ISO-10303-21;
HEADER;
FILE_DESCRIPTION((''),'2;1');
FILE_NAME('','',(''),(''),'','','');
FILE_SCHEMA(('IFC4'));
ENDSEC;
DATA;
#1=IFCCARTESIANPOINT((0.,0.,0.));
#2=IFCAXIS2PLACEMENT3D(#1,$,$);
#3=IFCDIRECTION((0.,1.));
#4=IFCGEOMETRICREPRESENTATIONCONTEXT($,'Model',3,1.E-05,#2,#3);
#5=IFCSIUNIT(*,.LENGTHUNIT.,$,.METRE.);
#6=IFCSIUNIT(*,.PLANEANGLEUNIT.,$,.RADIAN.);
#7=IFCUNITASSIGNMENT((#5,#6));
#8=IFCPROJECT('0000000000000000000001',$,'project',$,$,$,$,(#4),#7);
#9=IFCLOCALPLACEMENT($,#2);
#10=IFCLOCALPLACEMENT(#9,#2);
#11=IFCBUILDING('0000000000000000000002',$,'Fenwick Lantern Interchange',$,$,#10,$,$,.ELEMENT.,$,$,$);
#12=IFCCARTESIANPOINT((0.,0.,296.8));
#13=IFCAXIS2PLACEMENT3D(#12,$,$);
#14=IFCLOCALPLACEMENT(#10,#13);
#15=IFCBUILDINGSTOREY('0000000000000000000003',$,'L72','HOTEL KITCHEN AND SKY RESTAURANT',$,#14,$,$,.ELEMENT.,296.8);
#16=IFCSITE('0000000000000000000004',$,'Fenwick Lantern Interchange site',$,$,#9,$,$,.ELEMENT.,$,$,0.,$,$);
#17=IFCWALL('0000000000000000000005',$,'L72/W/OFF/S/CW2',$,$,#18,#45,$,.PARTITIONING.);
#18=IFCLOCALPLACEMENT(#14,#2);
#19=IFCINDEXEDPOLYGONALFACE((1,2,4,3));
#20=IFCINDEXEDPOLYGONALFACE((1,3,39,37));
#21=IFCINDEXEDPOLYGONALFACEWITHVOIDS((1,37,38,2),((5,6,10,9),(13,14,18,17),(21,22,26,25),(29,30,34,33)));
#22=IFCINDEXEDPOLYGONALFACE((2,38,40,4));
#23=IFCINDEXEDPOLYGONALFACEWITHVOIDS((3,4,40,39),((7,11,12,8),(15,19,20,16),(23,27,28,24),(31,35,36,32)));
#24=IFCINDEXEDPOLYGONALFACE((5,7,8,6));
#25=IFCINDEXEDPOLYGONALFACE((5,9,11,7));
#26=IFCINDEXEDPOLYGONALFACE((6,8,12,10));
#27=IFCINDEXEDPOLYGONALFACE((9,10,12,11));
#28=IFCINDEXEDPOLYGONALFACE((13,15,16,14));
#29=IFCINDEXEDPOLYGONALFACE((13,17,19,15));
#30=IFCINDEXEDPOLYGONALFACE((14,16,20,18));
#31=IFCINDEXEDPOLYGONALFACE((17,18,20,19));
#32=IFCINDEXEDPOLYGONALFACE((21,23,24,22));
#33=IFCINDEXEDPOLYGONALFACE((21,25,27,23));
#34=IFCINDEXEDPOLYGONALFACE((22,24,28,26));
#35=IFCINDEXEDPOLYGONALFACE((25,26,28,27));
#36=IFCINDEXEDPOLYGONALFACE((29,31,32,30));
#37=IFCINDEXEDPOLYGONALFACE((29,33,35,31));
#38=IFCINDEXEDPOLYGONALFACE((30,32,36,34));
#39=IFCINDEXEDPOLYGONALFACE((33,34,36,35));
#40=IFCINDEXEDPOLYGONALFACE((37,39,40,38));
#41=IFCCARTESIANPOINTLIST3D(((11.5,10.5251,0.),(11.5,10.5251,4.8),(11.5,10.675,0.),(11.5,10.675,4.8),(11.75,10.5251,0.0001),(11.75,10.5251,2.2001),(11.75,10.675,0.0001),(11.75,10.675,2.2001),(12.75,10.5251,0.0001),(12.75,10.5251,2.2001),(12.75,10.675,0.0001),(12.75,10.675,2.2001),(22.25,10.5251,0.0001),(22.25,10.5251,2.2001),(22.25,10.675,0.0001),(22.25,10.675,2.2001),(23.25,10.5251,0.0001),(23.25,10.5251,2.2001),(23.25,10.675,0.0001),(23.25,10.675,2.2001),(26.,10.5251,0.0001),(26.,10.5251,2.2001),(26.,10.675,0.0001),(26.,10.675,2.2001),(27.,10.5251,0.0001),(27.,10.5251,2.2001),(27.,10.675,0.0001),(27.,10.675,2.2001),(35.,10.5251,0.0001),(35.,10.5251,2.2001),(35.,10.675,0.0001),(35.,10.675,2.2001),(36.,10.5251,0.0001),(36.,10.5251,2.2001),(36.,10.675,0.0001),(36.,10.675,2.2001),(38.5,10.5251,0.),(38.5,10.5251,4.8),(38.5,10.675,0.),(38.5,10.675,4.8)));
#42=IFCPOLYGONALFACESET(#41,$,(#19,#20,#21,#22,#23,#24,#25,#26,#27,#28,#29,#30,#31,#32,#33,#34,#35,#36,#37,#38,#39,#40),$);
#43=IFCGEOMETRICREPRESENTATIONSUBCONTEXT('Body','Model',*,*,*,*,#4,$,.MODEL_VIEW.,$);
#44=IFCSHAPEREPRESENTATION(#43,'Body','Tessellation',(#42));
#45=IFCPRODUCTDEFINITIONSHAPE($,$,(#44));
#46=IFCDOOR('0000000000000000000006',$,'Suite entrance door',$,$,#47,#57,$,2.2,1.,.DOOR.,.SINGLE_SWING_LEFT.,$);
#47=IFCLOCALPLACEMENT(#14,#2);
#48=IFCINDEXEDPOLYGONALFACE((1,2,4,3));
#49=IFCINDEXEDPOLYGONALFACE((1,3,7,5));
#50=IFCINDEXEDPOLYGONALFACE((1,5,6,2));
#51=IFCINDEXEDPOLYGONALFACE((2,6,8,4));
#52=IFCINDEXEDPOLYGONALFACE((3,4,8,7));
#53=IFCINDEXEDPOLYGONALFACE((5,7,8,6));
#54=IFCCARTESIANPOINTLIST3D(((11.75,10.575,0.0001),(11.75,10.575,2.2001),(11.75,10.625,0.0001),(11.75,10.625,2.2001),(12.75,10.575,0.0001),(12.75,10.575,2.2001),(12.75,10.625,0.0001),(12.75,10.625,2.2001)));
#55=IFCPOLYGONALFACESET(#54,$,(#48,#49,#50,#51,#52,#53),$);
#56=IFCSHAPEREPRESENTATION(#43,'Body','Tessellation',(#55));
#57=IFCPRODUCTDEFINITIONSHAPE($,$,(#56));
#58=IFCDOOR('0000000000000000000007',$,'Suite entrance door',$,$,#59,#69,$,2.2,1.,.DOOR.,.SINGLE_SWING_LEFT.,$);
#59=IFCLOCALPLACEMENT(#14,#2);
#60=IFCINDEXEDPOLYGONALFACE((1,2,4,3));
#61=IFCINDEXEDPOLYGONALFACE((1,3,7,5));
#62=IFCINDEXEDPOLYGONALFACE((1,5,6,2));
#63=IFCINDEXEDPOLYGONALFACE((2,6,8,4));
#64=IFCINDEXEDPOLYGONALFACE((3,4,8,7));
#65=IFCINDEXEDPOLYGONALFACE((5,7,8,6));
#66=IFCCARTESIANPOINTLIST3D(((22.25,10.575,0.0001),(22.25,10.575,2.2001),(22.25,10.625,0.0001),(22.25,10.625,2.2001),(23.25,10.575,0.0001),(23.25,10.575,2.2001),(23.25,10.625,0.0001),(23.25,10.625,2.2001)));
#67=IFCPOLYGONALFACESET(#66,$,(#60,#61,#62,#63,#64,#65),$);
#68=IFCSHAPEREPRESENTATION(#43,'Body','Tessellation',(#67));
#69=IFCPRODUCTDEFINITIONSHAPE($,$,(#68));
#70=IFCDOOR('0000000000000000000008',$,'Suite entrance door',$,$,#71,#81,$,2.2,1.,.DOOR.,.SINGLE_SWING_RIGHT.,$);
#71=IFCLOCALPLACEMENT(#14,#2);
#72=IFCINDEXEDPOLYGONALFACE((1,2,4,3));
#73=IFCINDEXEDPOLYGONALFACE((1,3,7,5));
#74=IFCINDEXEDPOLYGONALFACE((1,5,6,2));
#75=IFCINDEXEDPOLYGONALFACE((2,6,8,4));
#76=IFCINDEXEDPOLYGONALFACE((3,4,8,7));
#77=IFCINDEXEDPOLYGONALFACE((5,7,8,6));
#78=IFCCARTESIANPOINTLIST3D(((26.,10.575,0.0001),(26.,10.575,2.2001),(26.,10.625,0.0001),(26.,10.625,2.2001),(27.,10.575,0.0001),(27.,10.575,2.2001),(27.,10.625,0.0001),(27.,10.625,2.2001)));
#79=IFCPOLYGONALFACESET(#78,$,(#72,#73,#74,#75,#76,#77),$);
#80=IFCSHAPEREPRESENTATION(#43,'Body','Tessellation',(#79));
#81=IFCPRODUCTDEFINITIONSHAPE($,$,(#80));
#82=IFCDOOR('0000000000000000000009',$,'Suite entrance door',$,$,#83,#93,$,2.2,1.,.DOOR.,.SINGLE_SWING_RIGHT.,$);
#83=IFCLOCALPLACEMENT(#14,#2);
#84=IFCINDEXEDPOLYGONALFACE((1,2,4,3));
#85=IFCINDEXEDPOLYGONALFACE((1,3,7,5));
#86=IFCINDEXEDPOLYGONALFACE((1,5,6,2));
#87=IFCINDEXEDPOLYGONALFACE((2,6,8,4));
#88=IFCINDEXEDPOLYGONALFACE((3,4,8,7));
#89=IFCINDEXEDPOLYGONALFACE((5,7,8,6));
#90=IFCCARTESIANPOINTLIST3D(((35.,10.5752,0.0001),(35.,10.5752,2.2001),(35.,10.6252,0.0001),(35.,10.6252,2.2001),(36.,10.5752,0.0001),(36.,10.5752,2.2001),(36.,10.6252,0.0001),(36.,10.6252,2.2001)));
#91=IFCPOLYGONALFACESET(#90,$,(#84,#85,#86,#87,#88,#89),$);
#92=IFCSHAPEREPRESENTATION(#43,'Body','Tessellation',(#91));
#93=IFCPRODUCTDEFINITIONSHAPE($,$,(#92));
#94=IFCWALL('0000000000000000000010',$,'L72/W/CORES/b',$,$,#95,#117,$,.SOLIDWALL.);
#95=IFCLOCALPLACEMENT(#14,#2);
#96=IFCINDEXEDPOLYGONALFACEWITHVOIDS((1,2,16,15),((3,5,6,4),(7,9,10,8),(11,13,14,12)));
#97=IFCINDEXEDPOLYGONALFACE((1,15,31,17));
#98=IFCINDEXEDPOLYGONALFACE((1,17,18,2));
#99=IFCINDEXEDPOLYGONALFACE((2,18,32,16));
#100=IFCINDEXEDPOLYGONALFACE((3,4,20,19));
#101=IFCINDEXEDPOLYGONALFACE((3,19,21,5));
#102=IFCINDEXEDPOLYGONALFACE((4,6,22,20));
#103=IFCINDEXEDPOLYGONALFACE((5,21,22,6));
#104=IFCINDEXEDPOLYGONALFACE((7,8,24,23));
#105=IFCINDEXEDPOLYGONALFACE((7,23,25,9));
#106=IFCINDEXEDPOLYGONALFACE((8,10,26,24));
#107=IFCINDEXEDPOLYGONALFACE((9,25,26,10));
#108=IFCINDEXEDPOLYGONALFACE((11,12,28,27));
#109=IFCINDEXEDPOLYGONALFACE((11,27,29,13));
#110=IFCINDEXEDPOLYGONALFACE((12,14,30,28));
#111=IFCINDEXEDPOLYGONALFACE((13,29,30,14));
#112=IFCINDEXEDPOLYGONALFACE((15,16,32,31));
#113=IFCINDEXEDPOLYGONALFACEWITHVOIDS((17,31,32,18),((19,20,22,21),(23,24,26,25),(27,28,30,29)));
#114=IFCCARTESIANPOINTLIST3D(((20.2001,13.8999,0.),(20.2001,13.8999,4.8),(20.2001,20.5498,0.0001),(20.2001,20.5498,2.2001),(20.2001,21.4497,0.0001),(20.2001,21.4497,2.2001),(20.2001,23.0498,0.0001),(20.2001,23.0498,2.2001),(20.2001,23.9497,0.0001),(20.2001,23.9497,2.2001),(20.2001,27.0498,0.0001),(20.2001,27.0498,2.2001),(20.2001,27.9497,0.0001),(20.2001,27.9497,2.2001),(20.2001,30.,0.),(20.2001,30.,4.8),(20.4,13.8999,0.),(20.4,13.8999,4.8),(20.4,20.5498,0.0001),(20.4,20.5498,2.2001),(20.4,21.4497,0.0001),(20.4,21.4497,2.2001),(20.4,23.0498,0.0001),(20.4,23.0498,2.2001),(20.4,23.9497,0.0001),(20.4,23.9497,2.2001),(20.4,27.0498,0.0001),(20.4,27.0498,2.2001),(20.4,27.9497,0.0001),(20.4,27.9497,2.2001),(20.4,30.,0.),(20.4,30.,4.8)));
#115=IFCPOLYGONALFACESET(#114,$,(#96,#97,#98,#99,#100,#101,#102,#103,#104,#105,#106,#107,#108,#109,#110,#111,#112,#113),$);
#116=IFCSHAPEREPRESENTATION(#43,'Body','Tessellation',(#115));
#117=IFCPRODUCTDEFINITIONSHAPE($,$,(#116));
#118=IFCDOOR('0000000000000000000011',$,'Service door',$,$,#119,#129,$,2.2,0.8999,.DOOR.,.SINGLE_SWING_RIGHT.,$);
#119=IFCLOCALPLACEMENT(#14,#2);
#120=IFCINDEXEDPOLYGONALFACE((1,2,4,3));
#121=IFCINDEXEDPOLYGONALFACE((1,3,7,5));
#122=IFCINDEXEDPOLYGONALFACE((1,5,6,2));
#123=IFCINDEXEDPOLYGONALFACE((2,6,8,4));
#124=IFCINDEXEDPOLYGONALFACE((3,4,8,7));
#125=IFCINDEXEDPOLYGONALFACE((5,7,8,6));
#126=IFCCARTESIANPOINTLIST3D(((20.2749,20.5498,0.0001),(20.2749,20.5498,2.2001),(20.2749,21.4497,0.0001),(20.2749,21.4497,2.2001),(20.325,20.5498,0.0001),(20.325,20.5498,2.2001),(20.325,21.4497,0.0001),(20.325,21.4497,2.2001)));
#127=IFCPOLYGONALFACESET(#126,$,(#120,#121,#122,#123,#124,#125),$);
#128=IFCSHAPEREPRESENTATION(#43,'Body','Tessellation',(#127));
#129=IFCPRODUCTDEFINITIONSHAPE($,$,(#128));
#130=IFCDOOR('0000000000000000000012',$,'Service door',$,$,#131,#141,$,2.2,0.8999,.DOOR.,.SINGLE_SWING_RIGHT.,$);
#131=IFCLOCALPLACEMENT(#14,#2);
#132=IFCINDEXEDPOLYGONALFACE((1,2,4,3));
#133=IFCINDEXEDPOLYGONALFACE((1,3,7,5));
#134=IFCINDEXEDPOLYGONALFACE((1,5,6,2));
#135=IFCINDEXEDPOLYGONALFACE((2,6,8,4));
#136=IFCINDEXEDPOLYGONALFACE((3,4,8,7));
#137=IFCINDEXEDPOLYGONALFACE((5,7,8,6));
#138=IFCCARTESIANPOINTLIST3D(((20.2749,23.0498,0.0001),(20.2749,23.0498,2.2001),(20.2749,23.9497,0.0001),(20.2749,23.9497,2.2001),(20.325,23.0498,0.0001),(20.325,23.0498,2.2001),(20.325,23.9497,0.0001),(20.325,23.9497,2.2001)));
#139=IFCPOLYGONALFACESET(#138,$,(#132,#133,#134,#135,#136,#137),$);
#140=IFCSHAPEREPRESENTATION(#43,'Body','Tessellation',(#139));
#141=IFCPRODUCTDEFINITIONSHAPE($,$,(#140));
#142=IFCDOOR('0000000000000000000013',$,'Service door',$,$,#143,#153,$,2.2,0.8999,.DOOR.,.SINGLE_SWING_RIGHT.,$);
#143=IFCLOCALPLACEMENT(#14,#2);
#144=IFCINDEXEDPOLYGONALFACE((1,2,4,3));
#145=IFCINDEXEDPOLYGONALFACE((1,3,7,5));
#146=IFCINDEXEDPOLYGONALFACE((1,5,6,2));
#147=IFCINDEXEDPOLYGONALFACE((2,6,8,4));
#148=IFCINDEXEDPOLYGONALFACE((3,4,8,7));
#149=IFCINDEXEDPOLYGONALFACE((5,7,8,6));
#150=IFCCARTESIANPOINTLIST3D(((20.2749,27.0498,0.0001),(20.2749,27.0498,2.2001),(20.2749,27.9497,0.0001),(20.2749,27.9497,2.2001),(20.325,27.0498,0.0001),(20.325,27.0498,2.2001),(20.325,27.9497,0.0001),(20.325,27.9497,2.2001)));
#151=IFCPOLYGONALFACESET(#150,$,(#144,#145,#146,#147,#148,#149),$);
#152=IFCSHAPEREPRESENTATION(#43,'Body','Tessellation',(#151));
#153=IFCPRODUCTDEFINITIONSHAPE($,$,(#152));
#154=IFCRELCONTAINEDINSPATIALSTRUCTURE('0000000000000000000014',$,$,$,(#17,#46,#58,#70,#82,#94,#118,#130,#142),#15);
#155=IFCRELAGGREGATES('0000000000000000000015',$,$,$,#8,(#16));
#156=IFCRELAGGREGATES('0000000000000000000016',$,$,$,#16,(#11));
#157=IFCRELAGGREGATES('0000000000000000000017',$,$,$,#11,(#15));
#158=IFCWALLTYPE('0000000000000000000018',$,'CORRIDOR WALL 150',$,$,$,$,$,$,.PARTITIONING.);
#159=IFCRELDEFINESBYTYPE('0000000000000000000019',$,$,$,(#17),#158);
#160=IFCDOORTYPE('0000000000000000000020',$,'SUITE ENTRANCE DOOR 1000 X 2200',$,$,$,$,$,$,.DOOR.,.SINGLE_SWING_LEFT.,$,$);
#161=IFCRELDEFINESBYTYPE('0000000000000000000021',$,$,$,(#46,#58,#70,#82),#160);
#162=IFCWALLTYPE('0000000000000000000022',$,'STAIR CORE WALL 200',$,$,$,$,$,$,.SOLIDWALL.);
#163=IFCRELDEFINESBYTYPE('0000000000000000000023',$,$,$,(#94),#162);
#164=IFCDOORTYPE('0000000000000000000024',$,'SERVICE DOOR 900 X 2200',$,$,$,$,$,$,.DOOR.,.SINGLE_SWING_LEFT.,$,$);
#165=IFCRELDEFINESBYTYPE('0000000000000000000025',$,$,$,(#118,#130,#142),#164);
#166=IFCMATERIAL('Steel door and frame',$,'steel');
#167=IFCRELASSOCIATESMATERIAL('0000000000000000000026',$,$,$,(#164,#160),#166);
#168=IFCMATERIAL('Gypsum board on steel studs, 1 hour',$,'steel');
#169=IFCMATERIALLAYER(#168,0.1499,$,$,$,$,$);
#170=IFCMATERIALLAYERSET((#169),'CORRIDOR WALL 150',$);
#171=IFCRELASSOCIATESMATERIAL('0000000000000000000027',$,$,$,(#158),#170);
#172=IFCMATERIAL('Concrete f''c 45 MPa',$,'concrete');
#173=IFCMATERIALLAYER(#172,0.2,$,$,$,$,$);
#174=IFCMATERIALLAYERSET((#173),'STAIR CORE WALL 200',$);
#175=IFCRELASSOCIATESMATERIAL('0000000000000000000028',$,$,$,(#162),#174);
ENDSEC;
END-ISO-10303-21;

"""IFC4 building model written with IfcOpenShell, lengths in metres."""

from ifc_helpers import new_model, si_unit, direction, frame, frame_2d, origin, place, context, subcontext, project, spatial, rectangle, extrude, material, layer, layer_set, type_object, element, fill, save


model = new_model("IFC4")

# Units and contexts
model_context = context("Model", 3, precision=1e-05, world=origin(), true_north=direction((0.0, 1.0)))
body_context = subcontext(model_context, "Body", "Model", "MODEL_VIEW")
ifc_project = project(units=[si_unit("LENGTHUNIT", "METRE"), si_unit("PLANEANGLEUNIT", "RADIAN")], contexts=[model_context])

# Site, building, storey
site_placement = place(None, origin())
site = spatial("IfcSite", under=ifc_project, at=site_placement, Name="Fenwick Lantern Interchange site", CompositionType="ELEMENT", RefElevation=0.0)
building_placement = place(site_placement, origin())
building = spatial("IfcBuilding", under=site, at=building_placement, Name="Fenwick Lantern Interchange", CompositionType="ELEMENT")
storey_placement = place(building_placement, frame((0.0, 0.0, 296.8)))
storey = spatial("IfcBuildingStorey", under=building, at=storey_placement, Name="L72", Description="HOTEL KITCHEN AND SKY RESTAURANT", CompositionType="ELEMENT", Elevation=296.8)

# Shared definitions
ifc_material_1 = material(Name="Steel door and frame", Category="steel")
door_type_1 = type_object("IfcDoorType", Name="SERVICE DOOR 900 X 2200", OperationType="SINGLE_SWING_LEFT", PredefinedType="DOOR", material=ifc_material_1)

# Shared definitions
ifc_material_2 = material(Name="Gypsum board on steel studs, 1 hour", Category="steel")
ifc_layer_1 = layer(ifc_material_2, 0.1499)
ifc_layer_set_1 = layer_set([ifc_layer_1], Name="CORRIDOR WALL 150")
wall_type_1 = type_object("IfcWallType", Name="CORRIDOR WALL 150", PredefinedType="PARTITIONING", material=ifc_layer_set_1)

# Walls, openings, doors
wall_1_placement = place(storey_placement, frame((11.5, 10.6001, 0.0), z_axis=(0.0, 0.0, 1.0), x_axis=(1.0, 0.0, 0.0)))
wall_1 = element("IfcWall", 1, at=wall_1_placement, inside=storey, type_object=wall_type_1, Name="L72/W/OFF/S/CW2", PredefinedType="PARTITIONING", context=body_context, shape_type="SweptSolid", body=[
    extrude(rectangle(XDim=27.0, YDim=0.1499, at=frame_2d((13.5, 0.0))), origin(), (0.0, 0.0, 1.0), 4.8),
])
opening_1_placement = place(wall_1_placement, frame((0.25, 0.0, 0.0)))
opening_1 = element("IfcOpeningElement", 2, at=opening_1_placement, cuts=wall_1, PredefinedType="OPENING", context=body_context, shape_type="SweptSolid", body=[
    extrude(rectangle(XDim=1.0, YDim=2.2, at=frame_2d((0.5, 1.1001))), frame((0.0, 0.085, 0.0), z_axis=(0.0, -1.0, 0.0), x_axis=(1.0, 0.0, 0.0)), (0.0, 0.0, 1.0), 0.1699),
])
opening_2_placement = place(wall_1_placement, frame((10.75, 0.0, 0.0)))
opening_2 = element("IfcOpeningElement", 3, at=opening_2_placement, cuts=wall_1, PredefinedType="OPENING", context=body_context, shape_type="SweptSolid", body=[
    extrude(rectangle(XDim=1.0, YDim=2.2, at=frame_2d((0.5, 1.1001))), frame((0.0, 0.085, 0.0), z_axis=(0.0, -1.0, 0.0), x_axis=(1.0, 0.0, 0.0)), (0.0, 0.0, 1.0), 0.1699),
])
opening_3_placement = place(wall_1_placement, frame((14.5, 0.0, 0.0)))
opening_3 = element("IfcOpeningElement", 4, at=opening_3_placement, cuts=wall_1, PredefinedType="OPENING", context=body_context, shape_type="SweptSolid", body=[
    extrude(rectangle(XDim=1.0, YDim=2.2, at=frame_2d((0.5, 1.1001))), frame((0.0, 0.085, 0.0), z_axis=(0.0, -1.0, 0.0), x_axis=(1.0, 0.0, 0.0)), (0.0, 0.0, 1.0), 0.1699),
])
opening_4_placement = place(wall_1_placement, frame((23.5, 0.0, 0.0)))
opening_4 = element("IfcOpeningElement", 5, at=opening_4_placement, cuts=wall_1, PredefinedType="OPENING", context=body_context, shape_type="SweptSolid", body=[
    extrude(rectangle(XDim=1.0, YDim=2.2, at=frame_2d((0.5, 1.1001))), frame((0.0, 0.085, 0.0), z_axis=(0.0, -1.0, 0.0), x_axis=(1.0, 0.0, 0.0)), (0.0, 0.0, 1.0), 0.1699),
])
door_type_2 = type_object("IfcDoorType", Name="SUITE ENTRANCE DOOR 1000 X 2200", OperationType="SINGLE_SWING_LEFT", PredefinedType="DOOR", material=ifc_material_1)
door_1_placement = place(opening_1_placement, origin())
door_1 = element("IfcDoor", 6, at=door_1_placement, inside=storey, type_object=door_type_2, Name="Suite entrance door", OperationType="SINGLE_SWING_LEFT", OverallHeight=2.2, OverallWidth=1.0, PredefinedType="DOOR", context=body_context, shape_type="SweptSolid", body=[
    extrude(rectangle(XDim=1.0, YDim=2.2, at=frame_2d((0.5, 1.1001))), frame((0.0, 0.0249, 0.0), z_axis=(0.0, -1.0, 0.0), x_axis=(1.0, 0.0, 0.0)), (0.0, 0.0, 1.0), 0.05),
])
fill(opening_1, door_1)
door_2_placement = place(opening_2_placement, origin())
door_2 = element("IfcDoor", 7, at=door_2_placement, inside=storey, type_object=door_type_2, Name="Suite entrance door", OperationType="SINGLE_SWING_LEFT", OverallHeight=2.2, OverallWidth=1.0, PredefinedType="DOOR", context=body_context, shape_type="SweptSolid", body=[
    extrude(rectangle(XDim=1.0, YDim=2.2, at=frame_2d((0.5, 1.1001))), frame((0.0, 0.0249, 0.0), z_axis=(0.0, -1.0, 0.0), x_axis=(1.0, 0.0, 0.0)), (0.0, 0.0, 1.0), 0.05),
])
fill(opening_2, door_2)
door_3_placement = place(opening_3_placement, origin())
door_3 = element("IfcDoor", 8, at=door_3_placement, inside=storey, type_object=door_type_2, Name="Suite entrance door", OperationType="SINGLE_SWING_RIGHT", OverallHeight=2.2, OverallWidth=1.0, PredefinedType="DOOR", context=body_context, shape_type="SweptSolid", body=[
    extrude(rectangle(XDim=1.0, YDim=2.2, at=frame_2d((0.5, 1.1001))), frame((0.0, 0.0249, 0.0), z_axis=(0.0, -1.0, 0.0), x_axis=(1.0, 0.0, 0.0)), (0.0, 0.0, 1.0), 0.05),
])
fill(opening_3, door_3)
door_4_placement = place(opening_4_placement, frame((1.0, 0.0, 0.0), z_axis=(0.0, 0.0, 1.0), x_axis=(-1.0, 0.0, 0.0)))
door_4 = element("IfcDoor", 9, at=door_4_placement, inside=storey, type_object=door_type_2, Name="Suite entrance door", OperationType="SINGLE_SWING_RIGHT", OverallHeight=2.2, OverallWidth=1.0, PredefinedType="DOOR", context=body_context, shape_type="SweptSolid", body=[
    extrude(rectangle(XDim=1.0, YDim=2.2, at=frame_2d((0.5, 1.1001))), frame((0.0, 0.0249, 0.0), z_axis=(0.0, -1.0, 0.0), x_axis=(1.0, 0.0, 0.0)), (0.0, 0.0, 1.0), 0.05),
])
fill(opening_4, door_4)
ifc_material_3 = material(Name="Concrete f'c 45 MPa", Category="concrete")
ifc_layer_2 = layer(ifc_material_3, 0.2)
ifc_layer_set_2 = layer_set([ifc_layer_2], Name="STAIR CORE WALL 200")
wall_type_2 = type_object("IfcWallType", Name="STAIR CORE WALL 200", PredefinedType="SOLIDWALL", material=ifc_layer_set_2)
wall_2_placement = place(storey_placement, frame((20.3, 13.8999, 0.0), z_axis=(0.0, 0.0, 1.0), x_axis=(0.0, 1.0, 0.0)))
wall_2 = element("IfcWall", 10, at=wall_2_placement, inside=storey, type_object=wall_type_2, Name="L72/W/CORES/b", PredefinedType="SOLIDWALL", context=body_context, shape_type="SweptSolid", body=[
    extrude(rectangle(XDim=16.1001, YDim=0.2, at=frame_2d((8.05, 0.0))), origin(), (0.0, 0.0, 1.0), 4.8),
])
opening_5_placement = place(wall_2_placement, frame((6.6499, 0.0, 0.0)))
opening_5 = element("IfcOpeningElement", 11, at=opening_5_placement, cuts=wall_2, PredefinedType="OPENING", context=body_context, shape_type="SweptSolid", body=[
    extrude(rectangle(XDim=0.8999, YDim=2.2, at=frame_2d((0.45, 1.1001))), frame((0.0, 0.1099, 0.0), z_axis=(0.0, -1.0, 0.0), x_axis=(1.0, 0.0, 0.0)), (0.0, 0.0, 1.0), 0.22),
])
opening_6_placement = place(wall_2_placement, frame((9.1499, 0.0, 0.0)))
opening_6 = element("IfcOpeningElement", 12, at=opening_6_placement, cuts=wall_2, PredefinedType="OPENING", context=body_context, shape_type="SweptSolid", body=[
    extrude(rectangle(XDim=0.8999, YDim=2.2, at=frame_2d((0.45, 1.1001))), frame((0.0, 0.1099, 0.0), z_axis=(0.0, -1.0, 0.0), x_axis=(1.0, 0.0, 0.0)), (0.0, 0.0, 1.0), 0.22),
])
opening_7_placement = place(wall_2_placement, frame((13.1499, 0.0, 0.0)))
opening_7 = element("IfcOpeningElement", 13, at=opening_7_placement, cuts=wall_2, PredefinedType="OPENING", context=body_context, shape_type="SweptSolid", body=[
    extrude(rectangle(XDim=0.8999, YDim=2.2, at=frame_2d((0.45, 1.1001))), frame((0.0, 0.1099, 0.0), z_axis=(0.0, -1.0, 0.0), x_axis=(1.0, 0.0, 0.0)), (0.0, 0.0, 1.0), 0.22),
])
door_5_placement = place(opening_5_placement, frame((0.8999, 0.0, 0.0), z_axis=(0.0, 0.0, 1.0), x_axis=(-1.0, 0.0, 0.0)))
door_5 = element("IfcDoor", 14, at=door_5_placement, inside=storey, type_object=door_type_1, Name="Service door", OperationType="SINGLE_SWING_RIGHT", OverallHeight=2.2, OverallWidth=0.8999, PredefinedType="DOOR", context=body_context, shape_type="SweptSolid", body=[
    extrude(rectangle(XDim=0.8999, YDim=2.2, at=frame_2d((0.45, 1.1001))), frame((0.0, 0.0249, 0.0), z_axis=(0.0, -1.0, 0.0), x_axis=(1.0, 0.0, 0.0)), (0.0, 0.0, 1.0), 0.05),
])
fill(opening_5, door_5)
door_6_placement = place(opening_6_placement, frame((0.8999, 0.0, 0.0), z_axis=(0.0, 0.0, 1.0), x_axis=(-1.0, 0.0, 0.0)))
door_6 = element("IfcDoor", 15, at=door_6_placement, inside=storey, type_object=door_type_1, Name="Service door", OperationType="SINGLE_SWING_RIGHT", OverallHeight=2.2, OverallWidth=0.8999, PredefinedType="DOOR", context=body_context, shape_type="SweptSolid", body=[
    extrude(rectangle(XDim=0.8999, YDim=2.2, at=frame_2d((0.45, 1.1001))), frame((0.0, 0.0249, 0.0), z_axis=(0.0, -1.0, 0.0), x_axis=(1.0, 0.0, 0.0)), (0.0, 0.0, 1.0), 0.05),
])
fill(opening_6, door_6)
door_7_placement = place(opening_7_placement, frame((0.8999, 0.0, 0.0), z_axis=(0.0, 0.0, 1.0), x_axis=(-1.0, 0.0, 0.0)))
door_7 = element("IfcDoor", 16, at=door_7_placement, inside=storey, type_object=door_type_1, Name="Service door", OperationType="SINGLE_SWING_RIGHT", OverallHeight=2.2, OverallWidth=0.8999, PredefinedType="DOOR", context=body_context, shape_type="SweptSolid", body=[
    extrude(rectangle(XDim=0.8999, YDim=2.2, at=frame_2d((0.45, 1.1001))), frame((0.0, 0.0249, 0.0), z_axis=(0.0, -1.0, 0.0), x_axis=(1.0, 0.0, 0.0)), (0.0, 0.0, 1.0), 0.05),
])
fill(opening_7, door_7)

save(model, "model.ifc")
